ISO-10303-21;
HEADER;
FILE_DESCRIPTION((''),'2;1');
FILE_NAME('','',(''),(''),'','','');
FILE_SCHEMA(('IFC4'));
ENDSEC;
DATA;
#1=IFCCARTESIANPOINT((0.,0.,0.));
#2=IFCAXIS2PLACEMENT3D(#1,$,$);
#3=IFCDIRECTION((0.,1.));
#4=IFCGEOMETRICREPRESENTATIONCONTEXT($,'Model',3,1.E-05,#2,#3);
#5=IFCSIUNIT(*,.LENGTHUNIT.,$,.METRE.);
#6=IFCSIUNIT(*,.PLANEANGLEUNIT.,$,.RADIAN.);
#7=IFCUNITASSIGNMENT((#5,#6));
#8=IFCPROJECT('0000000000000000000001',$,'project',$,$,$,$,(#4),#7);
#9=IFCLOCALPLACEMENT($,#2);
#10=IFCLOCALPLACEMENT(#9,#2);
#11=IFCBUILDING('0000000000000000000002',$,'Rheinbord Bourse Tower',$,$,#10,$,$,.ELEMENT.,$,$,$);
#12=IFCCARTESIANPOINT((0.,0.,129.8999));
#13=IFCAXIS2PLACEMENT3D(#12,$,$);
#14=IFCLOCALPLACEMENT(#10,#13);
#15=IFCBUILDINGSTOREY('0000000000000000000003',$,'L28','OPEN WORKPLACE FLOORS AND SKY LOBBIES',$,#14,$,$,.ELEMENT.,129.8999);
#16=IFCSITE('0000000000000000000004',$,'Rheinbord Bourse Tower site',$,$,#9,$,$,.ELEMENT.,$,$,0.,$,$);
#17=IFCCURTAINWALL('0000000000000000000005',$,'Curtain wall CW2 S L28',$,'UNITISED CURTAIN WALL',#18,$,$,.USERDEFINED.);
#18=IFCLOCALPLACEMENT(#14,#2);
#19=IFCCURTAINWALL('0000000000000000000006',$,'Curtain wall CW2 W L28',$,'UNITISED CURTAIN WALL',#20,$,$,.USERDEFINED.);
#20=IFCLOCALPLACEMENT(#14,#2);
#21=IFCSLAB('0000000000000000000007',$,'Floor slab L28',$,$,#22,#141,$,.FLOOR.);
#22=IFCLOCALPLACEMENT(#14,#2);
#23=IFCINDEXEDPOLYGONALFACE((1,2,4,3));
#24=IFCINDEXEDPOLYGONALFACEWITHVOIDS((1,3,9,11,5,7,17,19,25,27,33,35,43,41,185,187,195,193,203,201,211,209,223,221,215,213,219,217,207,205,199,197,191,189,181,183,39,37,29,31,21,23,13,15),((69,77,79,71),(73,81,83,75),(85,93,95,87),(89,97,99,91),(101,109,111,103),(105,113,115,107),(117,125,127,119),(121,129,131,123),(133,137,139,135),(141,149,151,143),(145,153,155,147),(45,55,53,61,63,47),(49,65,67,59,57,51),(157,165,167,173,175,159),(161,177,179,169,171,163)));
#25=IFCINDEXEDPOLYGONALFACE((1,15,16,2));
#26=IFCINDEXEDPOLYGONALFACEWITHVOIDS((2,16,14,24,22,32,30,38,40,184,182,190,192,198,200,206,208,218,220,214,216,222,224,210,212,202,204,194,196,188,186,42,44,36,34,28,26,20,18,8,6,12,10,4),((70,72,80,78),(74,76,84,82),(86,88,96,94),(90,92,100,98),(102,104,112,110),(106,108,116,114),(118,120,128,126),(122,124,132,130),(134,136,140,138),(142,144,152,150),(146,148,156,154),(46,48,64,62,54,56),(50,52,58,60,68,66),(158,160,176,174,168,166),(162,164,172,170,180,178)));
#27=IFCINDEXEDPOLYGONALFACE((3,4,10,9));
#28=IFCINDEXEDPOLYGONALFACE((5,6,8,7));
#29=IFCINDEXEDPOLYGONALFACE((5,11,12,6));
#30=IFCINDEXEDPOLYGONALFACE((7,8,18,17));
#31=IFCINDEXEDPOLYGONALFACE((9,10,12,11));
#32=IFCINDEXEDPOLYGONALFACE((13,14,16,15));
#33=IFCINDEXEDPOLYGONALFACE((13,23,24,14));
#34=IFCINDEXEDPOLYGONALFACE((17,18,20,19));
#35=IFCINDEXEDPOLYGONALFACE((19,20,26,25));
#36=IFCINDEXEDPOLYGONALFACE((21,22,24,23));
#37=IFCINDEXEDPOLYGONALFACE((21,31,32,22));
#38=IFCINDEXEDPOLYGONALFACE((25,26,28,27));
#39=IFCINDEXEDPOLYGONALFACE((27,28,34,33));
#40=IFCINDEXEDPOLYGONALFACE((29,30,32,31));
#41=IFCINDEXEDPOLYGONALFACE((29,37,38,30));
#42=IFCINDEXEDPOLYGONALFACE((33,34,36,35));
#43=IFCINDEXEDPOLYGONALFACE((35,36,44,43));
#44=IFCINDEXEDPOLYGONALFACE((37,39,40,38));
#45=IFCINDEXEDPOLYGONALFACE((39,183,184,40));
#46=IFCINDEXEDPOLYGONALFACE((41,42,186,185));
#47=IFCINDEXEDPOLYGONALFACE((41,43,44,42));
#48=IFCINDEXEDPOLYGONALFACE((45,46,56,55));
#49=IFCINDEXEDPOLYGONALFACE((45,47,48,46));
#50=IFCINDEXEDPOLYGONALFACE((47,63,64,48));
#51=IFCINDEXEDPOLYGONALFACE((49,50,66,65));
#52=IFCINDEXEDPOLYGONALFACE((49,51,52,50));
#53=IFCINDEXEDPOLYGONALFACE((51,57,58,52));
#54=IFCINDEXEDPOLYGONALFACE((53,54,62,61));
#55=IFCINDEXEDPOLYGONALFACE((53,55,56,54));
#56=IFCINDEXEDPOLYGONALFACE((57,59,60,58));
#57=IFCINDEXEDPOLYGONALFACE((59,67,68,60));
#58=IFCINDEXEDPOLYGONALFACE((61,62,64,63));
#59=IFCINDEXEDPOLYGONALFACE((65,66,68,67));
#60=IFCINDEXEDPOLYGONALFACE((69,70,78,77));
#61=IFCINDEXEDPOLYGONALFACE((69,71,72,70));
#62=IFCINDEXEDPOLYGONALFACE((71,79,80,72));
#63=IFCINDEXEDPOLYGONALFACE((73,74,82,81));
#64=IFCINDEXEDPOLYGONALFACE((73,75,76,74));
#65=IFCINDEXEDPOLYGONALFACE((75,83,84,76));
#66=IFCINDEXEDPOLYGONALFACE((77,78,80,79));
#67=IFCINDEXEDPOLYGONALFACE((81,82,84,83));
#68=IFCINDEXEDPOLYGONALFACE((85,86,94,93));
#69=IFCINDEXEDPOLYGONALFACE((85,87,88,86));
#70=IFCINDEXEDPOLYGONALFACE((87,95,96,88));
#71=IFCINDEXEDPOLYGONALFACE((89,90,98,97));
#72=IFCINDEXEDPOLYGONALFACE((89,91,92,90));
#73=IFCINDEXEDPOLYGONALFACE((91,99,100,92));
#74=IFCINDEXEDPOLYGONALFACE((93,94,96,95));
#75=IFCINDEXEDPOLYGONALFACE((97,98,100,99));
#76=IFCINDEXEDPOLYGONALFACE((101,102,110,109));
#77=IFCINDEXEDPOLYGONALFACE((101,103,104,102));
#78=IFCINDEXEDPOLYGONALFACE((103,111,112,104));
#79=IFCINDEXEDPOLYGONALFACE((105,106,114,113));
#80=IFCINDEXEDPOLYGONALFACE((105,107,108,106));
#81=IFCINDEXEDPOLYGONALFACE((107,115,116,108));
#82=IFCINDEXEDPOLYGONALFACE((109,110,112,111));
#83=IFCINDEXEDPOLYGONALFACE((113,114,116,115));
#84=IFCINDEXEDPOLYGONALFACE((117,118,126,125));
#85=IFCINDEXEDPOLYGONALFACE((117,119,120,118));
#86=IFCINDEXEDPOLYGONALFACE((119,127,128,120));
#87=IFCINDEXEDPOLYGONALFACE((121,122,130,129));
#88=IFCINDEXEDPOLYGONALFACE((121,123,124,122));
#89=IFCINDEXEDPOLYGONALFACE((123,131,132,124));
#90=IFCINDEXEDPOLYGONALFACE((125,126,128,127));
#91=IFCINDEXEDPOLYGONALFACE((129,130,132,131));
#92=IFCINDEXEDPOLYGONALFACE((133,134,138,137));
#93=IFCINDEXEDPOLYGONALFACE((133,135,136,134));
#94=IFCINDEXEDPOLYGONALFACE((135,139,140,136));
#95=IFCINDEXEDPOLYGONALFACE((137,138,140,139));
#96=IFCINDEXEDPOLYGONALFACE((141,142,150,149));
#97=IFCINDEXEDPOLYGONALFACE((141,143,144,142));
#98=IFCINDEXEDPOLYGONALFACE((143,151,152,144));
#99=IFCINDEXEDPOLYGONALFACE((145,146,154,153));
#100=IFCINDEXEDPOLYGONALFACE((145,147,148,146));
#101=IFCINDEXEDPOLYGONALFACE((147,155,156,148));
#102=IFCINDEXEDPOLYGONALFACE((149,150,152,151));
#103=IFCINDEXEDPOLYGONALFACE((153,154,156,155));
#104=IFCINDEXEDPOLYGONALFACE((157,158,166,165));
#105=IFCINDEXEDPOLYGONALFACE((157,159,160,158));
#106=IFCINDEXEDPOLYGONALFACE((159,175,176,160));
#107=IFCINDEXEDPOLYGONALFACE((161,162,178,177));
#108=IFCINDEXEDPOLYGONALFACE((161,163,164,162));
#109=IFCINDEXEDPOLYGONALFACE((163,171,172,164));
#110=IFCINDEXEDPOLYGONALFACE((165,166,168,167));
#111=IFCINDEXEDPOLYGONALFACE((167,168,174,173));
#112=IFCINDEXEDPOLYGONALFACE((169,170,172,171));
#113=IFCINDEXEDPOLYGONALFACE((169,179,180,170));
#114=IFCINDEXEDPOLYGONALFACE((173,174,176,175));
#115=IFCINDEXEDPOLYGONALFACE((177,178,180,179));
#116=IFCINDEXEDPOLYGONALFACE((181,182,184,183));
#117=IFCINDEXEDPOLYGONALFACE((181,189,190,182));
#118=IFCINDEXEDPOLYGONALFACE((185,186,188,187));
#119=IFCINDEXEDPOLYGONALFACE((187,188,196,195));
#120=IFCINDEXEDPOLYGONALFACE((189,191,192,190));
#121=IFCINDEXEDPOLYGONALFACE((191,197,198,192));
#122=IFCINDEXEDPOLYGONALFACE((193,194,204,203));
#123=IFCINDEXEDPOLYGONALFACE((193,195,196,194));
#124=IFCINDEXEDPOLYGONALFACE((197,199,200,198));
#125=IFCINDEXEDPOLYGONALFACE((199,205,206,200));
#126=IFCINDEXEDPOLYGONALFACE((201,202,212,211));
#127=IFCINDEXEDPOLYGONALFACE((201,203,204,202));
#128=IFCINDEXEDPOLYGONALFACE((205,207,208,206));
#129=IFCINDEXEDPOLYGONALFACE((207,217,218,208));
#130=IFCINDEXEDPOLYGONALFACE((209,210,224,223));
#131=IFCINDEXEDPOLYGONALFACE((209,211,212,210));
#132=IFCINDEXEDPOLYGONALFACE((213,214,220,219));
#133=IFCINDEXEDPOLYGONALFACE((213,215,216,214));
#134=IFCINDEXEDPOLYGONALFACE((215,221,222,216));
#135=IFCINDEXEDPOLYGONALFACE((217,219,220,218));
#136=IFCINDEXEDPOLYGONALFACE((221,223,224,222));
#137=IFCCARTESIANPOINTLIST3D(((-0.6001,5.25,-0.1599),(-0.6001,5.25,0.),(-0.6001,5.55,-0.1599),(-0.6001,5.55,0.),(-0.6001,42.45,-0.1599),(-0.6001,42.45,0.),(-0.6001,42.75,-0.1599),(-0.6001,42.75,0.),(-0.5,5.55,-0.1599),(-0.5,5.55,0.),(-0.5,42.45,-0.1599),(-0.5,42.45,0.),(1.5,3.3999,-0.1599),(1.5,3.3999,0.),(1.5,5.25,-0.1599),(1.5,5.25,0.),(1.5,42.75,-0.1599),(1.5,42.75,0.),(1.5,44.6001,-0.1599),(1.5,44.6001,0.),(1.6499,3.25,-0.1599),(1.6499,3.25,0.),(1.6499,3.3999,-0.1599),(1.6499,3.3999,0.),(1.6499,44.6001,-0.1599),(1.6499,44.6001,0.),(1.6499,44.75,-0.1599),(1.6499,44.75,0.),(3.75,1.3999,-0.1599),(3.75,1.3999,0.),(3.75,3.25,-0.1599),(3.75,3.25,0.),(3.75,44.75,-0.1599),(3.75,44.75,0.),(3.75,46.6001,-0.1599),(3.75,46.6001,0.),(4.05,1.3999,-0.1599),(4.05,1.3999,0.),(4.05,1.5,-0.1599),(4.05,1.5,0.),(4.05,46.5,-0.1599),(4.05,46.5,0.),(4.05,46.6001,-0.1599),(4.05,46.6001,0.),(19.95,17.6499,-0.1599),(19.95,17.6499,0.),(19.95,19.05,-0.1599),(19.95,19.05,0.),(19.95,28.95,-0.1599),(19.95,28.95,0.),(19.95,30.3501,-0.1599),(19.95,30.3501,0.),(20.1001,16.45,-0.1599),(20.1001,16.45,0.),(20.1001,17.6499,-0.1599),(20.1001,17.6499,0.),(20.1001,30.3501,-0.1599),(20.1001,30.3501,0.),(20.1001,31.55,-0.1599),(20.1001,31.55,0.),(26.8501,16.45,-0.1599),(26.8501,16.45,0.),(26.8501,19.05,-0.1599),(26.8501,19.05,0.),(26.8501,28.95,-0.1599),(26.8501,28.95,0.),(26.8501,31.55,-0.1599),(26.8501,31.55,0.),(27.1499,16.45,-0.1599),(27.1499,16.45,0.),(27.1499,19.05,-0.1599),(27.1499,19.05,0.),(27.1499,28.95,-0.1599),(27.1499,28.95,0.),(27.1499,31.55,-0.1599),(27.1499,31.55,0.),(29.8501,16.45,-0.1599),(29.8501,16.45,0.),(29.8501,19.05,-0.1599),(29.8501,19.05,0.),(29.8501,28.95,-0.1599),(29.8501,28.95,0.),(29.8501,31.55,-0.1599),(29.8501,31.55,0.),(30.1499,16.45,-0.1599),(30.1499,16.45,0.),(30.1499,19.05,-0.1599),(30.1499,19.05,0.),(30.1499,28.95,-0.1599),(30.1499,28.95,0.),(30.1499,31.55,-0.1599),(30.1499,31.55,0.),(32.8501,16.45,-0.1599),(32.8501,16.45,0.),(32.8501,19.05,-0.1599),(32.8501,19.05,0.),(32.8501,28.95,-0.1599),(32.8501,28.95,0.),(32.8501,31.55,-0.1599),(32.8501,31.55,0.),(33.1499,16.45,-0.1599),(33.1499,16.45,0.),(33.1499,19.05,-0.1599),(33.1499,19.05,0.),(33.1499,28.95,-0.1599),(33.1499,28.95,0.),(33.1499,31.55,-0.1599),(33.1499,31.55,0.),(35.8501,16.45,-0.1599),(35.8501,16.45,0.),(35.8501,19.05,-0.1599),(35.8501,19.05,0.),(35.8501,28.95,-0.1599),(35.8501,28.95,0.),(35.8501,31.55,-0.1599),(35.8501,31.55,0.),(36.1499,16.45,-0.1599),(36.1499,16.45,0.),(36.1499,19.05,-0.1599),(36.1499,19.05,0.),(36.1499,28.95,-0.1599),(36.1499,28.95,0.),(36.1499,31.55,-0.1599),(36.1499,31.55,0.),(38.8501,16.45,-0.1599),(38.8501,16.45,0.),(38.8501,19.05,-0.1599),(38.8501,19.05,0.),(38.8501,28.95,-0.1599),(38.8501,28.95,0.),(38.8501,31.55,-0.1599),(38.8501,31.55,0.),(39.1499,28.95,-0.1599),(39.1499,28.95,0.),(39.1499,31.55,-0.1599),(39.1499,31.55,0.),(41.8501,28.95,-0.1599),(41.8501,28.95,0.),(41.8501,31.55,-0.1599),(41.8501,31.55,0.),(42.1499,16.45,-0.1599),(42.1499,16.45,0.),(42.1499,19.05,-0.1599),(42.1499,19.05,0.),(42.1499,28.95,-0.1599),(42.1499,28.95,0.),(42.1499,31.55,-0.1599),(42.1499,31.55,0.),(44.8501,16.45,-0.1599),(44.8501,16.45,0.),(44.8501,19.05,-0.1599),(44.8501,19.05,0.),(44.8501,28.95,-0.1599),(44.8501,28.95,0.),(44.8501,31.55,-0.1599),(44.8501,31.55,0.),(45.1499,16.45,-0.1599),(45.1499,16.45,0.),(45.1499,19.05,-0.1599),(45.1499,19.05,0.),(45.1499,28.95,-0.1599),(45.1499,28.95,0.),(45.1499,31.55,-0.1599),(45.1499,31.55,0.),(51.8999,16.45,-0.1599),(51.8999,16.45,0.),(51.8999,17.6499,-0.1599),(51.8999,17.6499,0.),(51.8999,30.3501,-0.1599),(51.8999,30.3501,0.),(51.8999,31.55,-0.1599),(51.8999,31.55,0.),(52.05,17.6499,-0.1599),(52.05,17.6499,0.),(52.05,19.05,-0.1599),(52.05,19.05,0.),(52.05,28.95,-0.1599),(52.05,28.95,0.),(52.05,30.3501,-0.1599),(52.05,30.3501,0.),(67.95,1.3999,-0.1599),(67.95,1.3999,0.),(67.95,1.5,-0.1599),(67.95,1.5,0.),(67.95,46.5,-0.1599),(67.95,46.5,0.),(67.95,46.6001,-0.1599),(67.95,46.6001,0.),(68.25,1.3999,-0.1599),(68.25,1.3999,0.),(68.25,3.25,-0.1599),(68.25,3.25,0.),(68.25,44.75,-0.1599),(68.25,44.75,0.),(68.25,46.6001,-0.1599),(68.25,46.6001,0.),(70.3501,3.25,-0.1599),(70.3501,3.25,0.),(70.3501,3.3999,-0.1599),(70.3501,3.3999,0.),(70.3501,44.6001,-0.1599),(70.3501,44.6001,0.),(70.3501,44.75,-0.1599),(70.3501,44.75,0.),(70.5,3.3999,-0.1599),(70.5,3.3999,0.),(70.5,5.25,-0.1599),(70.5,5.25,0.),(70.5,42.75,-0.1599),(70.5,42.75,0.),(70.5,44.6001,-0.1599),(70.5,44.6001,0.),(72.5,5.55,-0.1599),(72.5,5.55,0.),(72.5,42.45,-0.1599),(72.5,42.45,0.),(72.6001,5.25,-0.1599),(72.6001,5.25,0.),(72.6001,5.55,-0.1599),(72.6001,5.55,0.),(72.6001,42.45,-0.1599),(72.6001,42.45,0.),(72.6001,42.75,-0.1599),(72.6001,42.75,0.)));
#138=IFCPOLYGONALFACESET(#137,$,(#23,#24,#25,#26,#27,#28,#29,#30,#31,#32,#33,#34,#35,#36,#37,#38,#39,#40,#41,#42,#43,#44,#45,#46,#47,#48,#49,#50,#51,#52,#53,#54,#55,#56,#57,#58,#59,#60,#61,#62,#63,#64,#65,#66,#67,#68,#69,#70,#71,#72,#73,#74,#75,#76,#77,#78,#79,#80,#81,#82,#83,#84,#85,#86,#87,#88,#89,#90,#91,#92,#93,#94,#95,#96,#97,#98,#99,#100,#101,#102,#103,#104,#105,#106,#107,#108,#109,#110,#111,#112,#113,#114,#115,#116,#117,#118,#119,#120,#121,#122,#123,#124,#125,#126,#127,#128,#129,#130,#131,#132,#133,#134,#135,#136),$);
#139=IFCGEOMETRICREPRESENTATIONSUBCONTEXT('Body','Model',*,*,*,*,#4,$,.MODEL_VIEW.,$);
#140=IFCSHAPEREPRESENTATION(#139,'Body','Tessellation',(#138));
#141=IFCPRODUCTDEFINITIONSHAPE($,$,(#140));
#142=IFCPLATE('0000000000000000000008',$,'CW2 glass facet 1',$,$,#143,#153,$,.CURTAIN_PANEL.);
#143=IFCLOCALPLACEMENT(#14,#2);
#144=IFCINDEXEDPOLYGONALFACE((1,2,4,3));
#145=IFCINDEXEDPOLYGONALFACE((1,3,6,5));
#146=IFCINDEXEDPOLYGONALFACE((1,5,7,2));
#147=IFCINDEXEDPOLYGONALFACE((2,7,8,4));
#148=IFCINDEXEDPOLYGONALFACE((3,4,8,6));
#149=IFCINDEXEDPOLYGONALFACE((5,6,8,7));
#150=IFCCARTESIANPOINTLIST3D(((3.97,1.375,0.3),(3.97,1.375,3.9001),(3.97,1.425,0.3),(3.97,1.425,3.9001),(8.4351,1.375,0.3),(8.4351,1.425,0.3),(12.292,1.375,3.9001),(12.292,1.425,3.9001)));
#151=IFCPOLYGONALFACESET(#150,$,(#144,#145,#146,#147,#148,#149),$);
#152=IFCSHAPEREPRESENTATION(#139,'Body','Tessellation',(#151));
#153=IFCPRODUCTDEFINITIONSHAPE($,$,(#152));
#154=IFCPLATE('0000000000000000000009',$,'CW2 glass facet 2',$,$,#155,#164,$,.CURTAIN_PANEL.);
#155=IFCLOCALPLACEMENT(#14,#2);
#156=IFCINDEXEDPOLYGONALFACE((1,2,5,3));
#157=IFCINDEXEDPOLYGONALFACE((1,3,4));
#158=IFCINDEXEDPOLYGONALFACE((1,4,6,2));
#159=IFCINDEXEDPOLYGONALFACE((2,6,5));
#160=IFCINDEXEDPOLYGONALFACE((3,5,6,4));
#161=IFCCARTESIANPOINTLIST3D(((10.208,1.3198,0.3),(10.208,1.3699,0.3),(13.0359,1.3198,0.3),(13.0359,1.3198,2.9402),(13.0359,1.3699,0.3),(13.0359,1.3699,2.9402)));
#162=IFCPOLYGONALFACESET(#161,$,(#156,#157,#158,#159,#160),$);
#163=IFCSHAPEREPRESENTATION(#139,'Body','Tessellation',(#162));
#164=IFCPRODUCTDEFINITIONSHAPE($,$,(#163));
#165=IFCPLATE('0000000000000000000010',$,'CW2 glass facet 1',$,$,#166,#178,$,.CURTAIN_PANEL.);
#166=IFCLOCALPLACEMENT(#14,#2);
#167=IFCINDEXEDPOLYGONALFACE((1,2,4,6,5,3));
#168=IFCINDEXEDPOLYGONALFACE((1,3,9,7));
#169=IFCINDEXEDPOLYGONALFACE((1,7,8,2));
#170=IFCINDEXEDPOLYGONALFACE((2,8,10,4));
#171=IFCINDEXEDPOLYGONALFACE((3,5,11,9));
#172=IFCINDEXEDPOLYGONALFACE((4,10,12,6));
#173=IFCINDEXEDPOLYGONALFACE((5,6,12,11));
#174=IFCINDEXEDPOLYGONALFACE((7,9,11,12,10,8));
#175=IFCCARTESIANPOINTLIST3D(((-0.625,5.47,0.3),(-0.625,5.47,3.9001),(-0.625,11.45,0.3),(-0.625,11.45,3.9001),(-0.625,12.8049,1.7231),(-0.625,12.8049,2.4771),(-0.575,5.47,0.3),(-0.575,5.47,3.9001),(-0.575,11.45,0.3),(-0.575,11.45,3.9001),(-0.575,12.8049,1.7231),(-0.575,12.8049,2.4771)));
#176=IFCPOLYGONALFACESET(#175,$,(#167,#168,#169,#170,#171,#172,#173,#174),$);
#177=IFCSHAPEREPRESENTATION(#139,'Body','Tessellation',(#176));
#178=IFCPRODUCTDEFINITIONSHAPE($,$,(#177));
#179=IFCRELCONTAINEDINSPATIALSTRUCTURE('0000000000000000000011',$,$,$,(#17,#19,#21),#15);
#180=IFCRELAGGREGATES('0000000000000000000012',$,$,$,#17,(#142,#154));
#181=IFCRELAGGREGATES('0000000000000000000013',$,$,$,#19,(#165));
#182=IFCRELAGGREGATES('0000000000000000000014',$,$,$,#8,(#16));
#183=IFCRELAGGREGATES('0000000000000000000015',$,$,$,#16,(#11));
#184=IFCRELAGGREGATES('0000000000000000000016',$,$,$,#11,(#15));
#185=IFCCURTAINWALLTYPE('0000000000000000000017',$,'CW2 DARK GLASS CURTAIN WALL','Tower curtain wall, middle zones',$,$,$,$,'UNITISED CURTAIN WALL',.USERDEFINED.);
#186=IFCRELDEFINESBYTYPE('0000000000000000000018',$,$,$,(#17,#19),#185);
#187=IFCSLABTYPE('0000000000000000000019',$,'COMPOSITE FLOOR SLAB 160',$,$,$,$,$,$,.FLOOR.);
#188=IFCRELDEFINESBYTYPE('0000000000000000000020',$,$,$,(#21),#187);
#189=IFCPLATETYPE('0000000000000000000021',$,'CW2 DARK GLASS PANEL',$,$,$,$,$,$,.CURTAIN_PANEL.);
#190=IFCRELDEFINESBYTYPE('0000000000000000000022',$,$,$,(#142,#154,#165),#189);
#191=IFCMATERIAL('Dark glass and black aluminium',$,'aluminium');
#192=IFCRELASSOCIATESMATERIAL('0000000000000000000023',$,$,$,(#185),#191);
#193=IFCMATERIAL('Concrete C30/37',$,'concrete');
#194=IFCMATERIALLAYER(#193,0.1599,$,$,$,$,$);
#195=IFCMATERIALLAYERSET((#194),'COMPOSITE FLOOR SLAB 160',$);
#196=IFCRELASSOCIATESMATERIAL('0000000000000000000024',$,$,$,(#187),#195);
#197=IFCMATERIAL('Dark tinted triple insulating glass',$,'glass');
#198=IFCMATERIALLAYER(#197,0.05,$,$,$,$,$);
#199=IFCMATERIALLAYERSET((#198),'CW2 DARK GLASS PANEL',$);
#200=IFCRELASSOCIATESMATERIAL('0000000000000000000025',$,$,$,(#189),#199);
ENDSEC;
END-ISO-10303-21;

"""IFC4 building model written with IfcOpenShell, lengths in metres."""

from ifc_helpers import new_model, si_unit, direction, frame, origin, place, context, subcontext, project, spatial, polyline, outline, extrude, material, layer, layer_set, type_object, element, aggregate, save


model = new_model("IFC4")

# Units and contexts
model_context = context("Model", 3, precision=1e-05, world=origin(), true_north=direction((0.0, 1.0)))
body_context = subcontext(model_context, "Body", "Model", "MODEL_VIEW")
ifc_project = project(units=[si_unit("LENGTHUNIT", "METRE"), si_unit("PLANEANGLEUNIT", "RADIAN")], contexts=[model_context])

# Site, building, storey
site_placement = place(None, origin())
site = spatial("IfcSite", under=ifc_project, at=site_placement, Name="Rheinbord Bourse Tower site", CompositionType="ELEMENT", RefElevation=0.0)
building_placement = place(site_placement, origin())
building = spatial("IfcBuilding", under=site, at=building_placement, Name="Rheinbord Bourse Tower", CompositionType="ELEMENT")
storey_placement = place(building_placement, frame((0.0, 0.0, 129.8999)))
storey = spatial("IfcBuildingStorey", under=building, at=storey_placement, Name="L28", Description="OPEN WORKPLACE FLOORS AND SKY LOBBIES", CompositionType="ELEMENT", Elevation=129.8999)

# Curtain wall
ifc_material_1 = material(Name="Dark glass and black aluminium", Category="aluminium")
curtain_wall_type = type_object("IfcCurtainWallType", Name="CW2 DARK GLASS CURTAIN WALL", Description="Tower curtain wall, middle zones", ElementType="UNITISED CURTAIN WALL", PredefinedType="USERDEFINED", material=ifc_material_1)
curtain_wall_1_placement = place(storey_placement, origin())
curtain_wall_1 = element("IfcCurtainWall", 1, at=curtain_wall_1_placement, inside=storey, type_object=curtain_wall_type, Name="Curtain wall CW2 S L28", ObjectType="UNITISED CURTAIN WALL", PredefinedType="USERDEFINED")

# Curtain wall
curtain_wall_2_placement = place(storey_placement, origin())
curtain_wall_2 = element("IfcCurtainWall", 2, at=curtain_wall_2_placement, inside=storey, type_object=curtain_wall_type, Name="Curtain wall CW2 W L28", ObjectType="UNITISED CURTAIN WALL", PredefinedType="USERDEFINED")

# Slab
ifc_material_2 = material(Name="Concrete C30/37", Category="concrete")
ifc_layer_1 = layer(ifc_material_2, 0.1599)
ifc_layer_set_1 = layer_set([ifc_layer_1], Name="COMPOSITE FLOOR SLAB 160")
slab_type_1 = type_object("IfcSlabType", Name="COMPOSITE FLOOR SLAB 160", PredefinedType="FLOOR", material=ifc_layer_set_1)
slab_1_placement = place(storey_placement, frame((0.0, 0.0, -0.1599)))
element("IfcSlab", 3, at=slab_1_placement, inside=storey, type_object=slab_type_1, Name="Floor slab L28", PredefinedType="FLOOR", context=body_context, shape_type="SweptSolid", body=[
    extrude(outline(polyline([(1.6499, 3.3999), (1.5, 3.3999), (1.5, 5.25), (-0.6001, 5.25), (-0.6001, 5.55), (-0.5, 5.55), (-0.5, 42.45), (-0.6001, 42.45), (-0.6001, 42.75), (1.5, 42.75), (1.5, 44.6001), (1.6499, 44.6001), (1.6499, 44.75), (3.75, 44.75), (3.75, 46.6001), (4.05, 46.6001), (4.05, 46.5), (67.95, 46.5), (67.95, 46.6001), (68.25, 46.6001), (68.25, 44.75), (70.3501, 44.75), (70.3501, 44.6001), (70.5, 44.6001), (70.5, 42.75), (72.6001, 42.75), (72.6001, 42.45), (72.5, 42.45), (72.5, 5.55), (72.6001, 5.55), (72.6001, 5.25), (70.5, 5.25), (70.5, 3.3999), (70.3501, 3.3999), (70.3501, 3.25), (68.25, 3.25), (68.25, 1.3999), (67.95, 1.3999), (67.95, 1.5), (4.05, 1.5), (4.05, 1.3999), (3.75, 1.3999), (3.75, 3.25), (1.6499, 3.25), (1.6499, 3.3999)]), holes=[polyline([(19.95, 19.05), (26.8501, 19.05), (26.8501, 16.45), (20.1001, 16.45), (20.1001, 17.6499), (19.95, 17.6499), (19.95, 19.05)]), polyline([(26.8501, 31.55), (26.8501, 28.95), (19.95, 28.95), (19.95, 30.3501), (20.1001, 30.3501), (20.1001, 31.55), (26.8501, 31.55)]), polyline([(45.1499, 16.45), (45.1499, 19.05), (52.05, 19.05), (52.05, 17.6499), (51.8999, 17.6499), (51.8999, 16.45), (45.1499, 16.45)]), polyline([(52.05, 28.95), (45.1499, 28.95), (45.1499, 31.55), (51.8999, 31.55), (51.8999, 30.3501), (52.05, 30.3501), (52.05, 28.95)]), polyline([(27.1499, 16.45), (27.1499, 19.05), (29.8501, 19.05), (29.8501, 16.45), (27.1499, 16.45)]), polyline([(27.1499, 28.95), (27.1499, 31.55), (29.8501, 31.55), (29.8501, 28.95), (27.1499, 28.95)]), polyline([(30.1499, 16.45), (30.1499, 19.05), (32.8501, 19.05), (32.8501, 16.45), (30.1499, 16.45)]), polyline([(30.1499, 28.95), (30.1499, 31.55), (32.8501, 31.55), (32.8501, 28.95), (30.1499, 28.95)]), polyline([(33.1499, 16.45), (33.1499, 19.05), (35.8501, 19.05), (35.8501, 16.45), (33.1499, 16.45)]), polyline([(33.1499, 28.95), (33.1499, 31.55), (35.8501, 31.55), (35.8501, 28.95), (33.1499, 28.95)]), polyline([(36.1499, 16.45), (36.1499, 19.05), (38.8501, 19.05), (38.8501, 16.45), (36.1499, 16.45)]), polyline([(36.1499, 28.95), (36.1499, 31.55), (38.8501, 31.55), (38.8501, 28.95), (36.1499, 28.95)]), polyline([(39.1499, 28.95), (39.1499, 31.55), (41.8501, 31.55), (41.8501, 28.95), (39.1499, 28.95)]), polyline([(42.1499, 16.45), (42.1499, 19.05), (44.8501, 19.05), (44.8501, 16.45), (42.1499, 16.45)]), polyline([(42.1499, 28.95), (42.1499, 31.55), (44.8501, 31.55), (44.8501, 28.95), (42.1499, 28.95)])]), origin(), (0.0, 0.0, 1.0), 0.1599),
])

# Plates
ifc_material_3 = material(Name="Dark tinted triple insulating glass", Category="glass")
ifc_layer_2 = layer(ifc_material_3, 0.05)
ifc_layer_set_2 = layer_set([ifc_layer_2], Name="CW2 DARK GLASS PANEL")
plate_type = type_object("IfcPlateType", Name="CW2 DARK GLASS PANEL", PredefinedType="CURTAIN_PANEL", material=ifc_layer_set_2)
plate_1_placement = place(storey_placement, frame((3.97, 1.375, 0.3), z_axis=(0.0, 1.0, 0.0), x_axis=(0.0, 0.0, 1.0)))
plate_1 = element("IfcPlate", 4, at=plate_1_placement, type_object=plate_type, Name="CW2 glass facet 1", PredefinedType="CURTAIN_PANEL", context=body_context, shape_type="SweptSolid", body=[
    extrude(outline(polyline([(0.0, 0.0), (3.6001, 0.0), (3.6001, 8.322), (0.0, 4.4651), (0.0, 0.0)])), origin(), (0.0, 0.0, 1.0), 0.05),
])
plate_2_placement = place(storey_placement, frame((13.0359, 1.3198, 0.3), z_axis=(0.0, 1.0, 0.0), x_axis=(-1.0, 0.0, 0.0)))
plate_2 = element("IfcPlate", 5, at=plate_2_placement, type_object=plate_type, Name="CW2 glass facet 2", PredefinedType="CURTAIN_PANEL", context=body_context, shape_type="SweptSolid", body=[
    extrude(outline(polyline([(0.0, 0.0), (2.8279, 0.0), (0.0, 2.6401), (0.0, 0.0)])), origin(), (0.0, 0.0, 1.0), 0.05),
])
aggregate(curtain_wall_1, [plate_1, plate_2])
plate_3_placement = place(storey_placement, frame((-0.625, 5.47, 3.9001), z_axis=(1.0, 0.0, 0.0), x_axis=(0.0, 0.0, -1.0)))
plate_3 = element("IfcPlate", 6, at=plate_3_placement, type_object=plate_type, Name="CW2 glass facet 1", PredefinedType="CURTAIN_PANEL", context=body_context, shape_type="SweptSolid", body=[
    extrude(outline(polyline([(0.0, 0.0), (3.6001, 0.0), (3.6001, 5.98), (2.177, 7.335), (1.4231, 7.335), (0.0, 5.98), (0.0, 0.0)])), origin(), (0.0, 0.0, 1.0), 0.05),
])
aggregate(curtain_wall_2, [plate_3])

save(model, "model.ifc")
